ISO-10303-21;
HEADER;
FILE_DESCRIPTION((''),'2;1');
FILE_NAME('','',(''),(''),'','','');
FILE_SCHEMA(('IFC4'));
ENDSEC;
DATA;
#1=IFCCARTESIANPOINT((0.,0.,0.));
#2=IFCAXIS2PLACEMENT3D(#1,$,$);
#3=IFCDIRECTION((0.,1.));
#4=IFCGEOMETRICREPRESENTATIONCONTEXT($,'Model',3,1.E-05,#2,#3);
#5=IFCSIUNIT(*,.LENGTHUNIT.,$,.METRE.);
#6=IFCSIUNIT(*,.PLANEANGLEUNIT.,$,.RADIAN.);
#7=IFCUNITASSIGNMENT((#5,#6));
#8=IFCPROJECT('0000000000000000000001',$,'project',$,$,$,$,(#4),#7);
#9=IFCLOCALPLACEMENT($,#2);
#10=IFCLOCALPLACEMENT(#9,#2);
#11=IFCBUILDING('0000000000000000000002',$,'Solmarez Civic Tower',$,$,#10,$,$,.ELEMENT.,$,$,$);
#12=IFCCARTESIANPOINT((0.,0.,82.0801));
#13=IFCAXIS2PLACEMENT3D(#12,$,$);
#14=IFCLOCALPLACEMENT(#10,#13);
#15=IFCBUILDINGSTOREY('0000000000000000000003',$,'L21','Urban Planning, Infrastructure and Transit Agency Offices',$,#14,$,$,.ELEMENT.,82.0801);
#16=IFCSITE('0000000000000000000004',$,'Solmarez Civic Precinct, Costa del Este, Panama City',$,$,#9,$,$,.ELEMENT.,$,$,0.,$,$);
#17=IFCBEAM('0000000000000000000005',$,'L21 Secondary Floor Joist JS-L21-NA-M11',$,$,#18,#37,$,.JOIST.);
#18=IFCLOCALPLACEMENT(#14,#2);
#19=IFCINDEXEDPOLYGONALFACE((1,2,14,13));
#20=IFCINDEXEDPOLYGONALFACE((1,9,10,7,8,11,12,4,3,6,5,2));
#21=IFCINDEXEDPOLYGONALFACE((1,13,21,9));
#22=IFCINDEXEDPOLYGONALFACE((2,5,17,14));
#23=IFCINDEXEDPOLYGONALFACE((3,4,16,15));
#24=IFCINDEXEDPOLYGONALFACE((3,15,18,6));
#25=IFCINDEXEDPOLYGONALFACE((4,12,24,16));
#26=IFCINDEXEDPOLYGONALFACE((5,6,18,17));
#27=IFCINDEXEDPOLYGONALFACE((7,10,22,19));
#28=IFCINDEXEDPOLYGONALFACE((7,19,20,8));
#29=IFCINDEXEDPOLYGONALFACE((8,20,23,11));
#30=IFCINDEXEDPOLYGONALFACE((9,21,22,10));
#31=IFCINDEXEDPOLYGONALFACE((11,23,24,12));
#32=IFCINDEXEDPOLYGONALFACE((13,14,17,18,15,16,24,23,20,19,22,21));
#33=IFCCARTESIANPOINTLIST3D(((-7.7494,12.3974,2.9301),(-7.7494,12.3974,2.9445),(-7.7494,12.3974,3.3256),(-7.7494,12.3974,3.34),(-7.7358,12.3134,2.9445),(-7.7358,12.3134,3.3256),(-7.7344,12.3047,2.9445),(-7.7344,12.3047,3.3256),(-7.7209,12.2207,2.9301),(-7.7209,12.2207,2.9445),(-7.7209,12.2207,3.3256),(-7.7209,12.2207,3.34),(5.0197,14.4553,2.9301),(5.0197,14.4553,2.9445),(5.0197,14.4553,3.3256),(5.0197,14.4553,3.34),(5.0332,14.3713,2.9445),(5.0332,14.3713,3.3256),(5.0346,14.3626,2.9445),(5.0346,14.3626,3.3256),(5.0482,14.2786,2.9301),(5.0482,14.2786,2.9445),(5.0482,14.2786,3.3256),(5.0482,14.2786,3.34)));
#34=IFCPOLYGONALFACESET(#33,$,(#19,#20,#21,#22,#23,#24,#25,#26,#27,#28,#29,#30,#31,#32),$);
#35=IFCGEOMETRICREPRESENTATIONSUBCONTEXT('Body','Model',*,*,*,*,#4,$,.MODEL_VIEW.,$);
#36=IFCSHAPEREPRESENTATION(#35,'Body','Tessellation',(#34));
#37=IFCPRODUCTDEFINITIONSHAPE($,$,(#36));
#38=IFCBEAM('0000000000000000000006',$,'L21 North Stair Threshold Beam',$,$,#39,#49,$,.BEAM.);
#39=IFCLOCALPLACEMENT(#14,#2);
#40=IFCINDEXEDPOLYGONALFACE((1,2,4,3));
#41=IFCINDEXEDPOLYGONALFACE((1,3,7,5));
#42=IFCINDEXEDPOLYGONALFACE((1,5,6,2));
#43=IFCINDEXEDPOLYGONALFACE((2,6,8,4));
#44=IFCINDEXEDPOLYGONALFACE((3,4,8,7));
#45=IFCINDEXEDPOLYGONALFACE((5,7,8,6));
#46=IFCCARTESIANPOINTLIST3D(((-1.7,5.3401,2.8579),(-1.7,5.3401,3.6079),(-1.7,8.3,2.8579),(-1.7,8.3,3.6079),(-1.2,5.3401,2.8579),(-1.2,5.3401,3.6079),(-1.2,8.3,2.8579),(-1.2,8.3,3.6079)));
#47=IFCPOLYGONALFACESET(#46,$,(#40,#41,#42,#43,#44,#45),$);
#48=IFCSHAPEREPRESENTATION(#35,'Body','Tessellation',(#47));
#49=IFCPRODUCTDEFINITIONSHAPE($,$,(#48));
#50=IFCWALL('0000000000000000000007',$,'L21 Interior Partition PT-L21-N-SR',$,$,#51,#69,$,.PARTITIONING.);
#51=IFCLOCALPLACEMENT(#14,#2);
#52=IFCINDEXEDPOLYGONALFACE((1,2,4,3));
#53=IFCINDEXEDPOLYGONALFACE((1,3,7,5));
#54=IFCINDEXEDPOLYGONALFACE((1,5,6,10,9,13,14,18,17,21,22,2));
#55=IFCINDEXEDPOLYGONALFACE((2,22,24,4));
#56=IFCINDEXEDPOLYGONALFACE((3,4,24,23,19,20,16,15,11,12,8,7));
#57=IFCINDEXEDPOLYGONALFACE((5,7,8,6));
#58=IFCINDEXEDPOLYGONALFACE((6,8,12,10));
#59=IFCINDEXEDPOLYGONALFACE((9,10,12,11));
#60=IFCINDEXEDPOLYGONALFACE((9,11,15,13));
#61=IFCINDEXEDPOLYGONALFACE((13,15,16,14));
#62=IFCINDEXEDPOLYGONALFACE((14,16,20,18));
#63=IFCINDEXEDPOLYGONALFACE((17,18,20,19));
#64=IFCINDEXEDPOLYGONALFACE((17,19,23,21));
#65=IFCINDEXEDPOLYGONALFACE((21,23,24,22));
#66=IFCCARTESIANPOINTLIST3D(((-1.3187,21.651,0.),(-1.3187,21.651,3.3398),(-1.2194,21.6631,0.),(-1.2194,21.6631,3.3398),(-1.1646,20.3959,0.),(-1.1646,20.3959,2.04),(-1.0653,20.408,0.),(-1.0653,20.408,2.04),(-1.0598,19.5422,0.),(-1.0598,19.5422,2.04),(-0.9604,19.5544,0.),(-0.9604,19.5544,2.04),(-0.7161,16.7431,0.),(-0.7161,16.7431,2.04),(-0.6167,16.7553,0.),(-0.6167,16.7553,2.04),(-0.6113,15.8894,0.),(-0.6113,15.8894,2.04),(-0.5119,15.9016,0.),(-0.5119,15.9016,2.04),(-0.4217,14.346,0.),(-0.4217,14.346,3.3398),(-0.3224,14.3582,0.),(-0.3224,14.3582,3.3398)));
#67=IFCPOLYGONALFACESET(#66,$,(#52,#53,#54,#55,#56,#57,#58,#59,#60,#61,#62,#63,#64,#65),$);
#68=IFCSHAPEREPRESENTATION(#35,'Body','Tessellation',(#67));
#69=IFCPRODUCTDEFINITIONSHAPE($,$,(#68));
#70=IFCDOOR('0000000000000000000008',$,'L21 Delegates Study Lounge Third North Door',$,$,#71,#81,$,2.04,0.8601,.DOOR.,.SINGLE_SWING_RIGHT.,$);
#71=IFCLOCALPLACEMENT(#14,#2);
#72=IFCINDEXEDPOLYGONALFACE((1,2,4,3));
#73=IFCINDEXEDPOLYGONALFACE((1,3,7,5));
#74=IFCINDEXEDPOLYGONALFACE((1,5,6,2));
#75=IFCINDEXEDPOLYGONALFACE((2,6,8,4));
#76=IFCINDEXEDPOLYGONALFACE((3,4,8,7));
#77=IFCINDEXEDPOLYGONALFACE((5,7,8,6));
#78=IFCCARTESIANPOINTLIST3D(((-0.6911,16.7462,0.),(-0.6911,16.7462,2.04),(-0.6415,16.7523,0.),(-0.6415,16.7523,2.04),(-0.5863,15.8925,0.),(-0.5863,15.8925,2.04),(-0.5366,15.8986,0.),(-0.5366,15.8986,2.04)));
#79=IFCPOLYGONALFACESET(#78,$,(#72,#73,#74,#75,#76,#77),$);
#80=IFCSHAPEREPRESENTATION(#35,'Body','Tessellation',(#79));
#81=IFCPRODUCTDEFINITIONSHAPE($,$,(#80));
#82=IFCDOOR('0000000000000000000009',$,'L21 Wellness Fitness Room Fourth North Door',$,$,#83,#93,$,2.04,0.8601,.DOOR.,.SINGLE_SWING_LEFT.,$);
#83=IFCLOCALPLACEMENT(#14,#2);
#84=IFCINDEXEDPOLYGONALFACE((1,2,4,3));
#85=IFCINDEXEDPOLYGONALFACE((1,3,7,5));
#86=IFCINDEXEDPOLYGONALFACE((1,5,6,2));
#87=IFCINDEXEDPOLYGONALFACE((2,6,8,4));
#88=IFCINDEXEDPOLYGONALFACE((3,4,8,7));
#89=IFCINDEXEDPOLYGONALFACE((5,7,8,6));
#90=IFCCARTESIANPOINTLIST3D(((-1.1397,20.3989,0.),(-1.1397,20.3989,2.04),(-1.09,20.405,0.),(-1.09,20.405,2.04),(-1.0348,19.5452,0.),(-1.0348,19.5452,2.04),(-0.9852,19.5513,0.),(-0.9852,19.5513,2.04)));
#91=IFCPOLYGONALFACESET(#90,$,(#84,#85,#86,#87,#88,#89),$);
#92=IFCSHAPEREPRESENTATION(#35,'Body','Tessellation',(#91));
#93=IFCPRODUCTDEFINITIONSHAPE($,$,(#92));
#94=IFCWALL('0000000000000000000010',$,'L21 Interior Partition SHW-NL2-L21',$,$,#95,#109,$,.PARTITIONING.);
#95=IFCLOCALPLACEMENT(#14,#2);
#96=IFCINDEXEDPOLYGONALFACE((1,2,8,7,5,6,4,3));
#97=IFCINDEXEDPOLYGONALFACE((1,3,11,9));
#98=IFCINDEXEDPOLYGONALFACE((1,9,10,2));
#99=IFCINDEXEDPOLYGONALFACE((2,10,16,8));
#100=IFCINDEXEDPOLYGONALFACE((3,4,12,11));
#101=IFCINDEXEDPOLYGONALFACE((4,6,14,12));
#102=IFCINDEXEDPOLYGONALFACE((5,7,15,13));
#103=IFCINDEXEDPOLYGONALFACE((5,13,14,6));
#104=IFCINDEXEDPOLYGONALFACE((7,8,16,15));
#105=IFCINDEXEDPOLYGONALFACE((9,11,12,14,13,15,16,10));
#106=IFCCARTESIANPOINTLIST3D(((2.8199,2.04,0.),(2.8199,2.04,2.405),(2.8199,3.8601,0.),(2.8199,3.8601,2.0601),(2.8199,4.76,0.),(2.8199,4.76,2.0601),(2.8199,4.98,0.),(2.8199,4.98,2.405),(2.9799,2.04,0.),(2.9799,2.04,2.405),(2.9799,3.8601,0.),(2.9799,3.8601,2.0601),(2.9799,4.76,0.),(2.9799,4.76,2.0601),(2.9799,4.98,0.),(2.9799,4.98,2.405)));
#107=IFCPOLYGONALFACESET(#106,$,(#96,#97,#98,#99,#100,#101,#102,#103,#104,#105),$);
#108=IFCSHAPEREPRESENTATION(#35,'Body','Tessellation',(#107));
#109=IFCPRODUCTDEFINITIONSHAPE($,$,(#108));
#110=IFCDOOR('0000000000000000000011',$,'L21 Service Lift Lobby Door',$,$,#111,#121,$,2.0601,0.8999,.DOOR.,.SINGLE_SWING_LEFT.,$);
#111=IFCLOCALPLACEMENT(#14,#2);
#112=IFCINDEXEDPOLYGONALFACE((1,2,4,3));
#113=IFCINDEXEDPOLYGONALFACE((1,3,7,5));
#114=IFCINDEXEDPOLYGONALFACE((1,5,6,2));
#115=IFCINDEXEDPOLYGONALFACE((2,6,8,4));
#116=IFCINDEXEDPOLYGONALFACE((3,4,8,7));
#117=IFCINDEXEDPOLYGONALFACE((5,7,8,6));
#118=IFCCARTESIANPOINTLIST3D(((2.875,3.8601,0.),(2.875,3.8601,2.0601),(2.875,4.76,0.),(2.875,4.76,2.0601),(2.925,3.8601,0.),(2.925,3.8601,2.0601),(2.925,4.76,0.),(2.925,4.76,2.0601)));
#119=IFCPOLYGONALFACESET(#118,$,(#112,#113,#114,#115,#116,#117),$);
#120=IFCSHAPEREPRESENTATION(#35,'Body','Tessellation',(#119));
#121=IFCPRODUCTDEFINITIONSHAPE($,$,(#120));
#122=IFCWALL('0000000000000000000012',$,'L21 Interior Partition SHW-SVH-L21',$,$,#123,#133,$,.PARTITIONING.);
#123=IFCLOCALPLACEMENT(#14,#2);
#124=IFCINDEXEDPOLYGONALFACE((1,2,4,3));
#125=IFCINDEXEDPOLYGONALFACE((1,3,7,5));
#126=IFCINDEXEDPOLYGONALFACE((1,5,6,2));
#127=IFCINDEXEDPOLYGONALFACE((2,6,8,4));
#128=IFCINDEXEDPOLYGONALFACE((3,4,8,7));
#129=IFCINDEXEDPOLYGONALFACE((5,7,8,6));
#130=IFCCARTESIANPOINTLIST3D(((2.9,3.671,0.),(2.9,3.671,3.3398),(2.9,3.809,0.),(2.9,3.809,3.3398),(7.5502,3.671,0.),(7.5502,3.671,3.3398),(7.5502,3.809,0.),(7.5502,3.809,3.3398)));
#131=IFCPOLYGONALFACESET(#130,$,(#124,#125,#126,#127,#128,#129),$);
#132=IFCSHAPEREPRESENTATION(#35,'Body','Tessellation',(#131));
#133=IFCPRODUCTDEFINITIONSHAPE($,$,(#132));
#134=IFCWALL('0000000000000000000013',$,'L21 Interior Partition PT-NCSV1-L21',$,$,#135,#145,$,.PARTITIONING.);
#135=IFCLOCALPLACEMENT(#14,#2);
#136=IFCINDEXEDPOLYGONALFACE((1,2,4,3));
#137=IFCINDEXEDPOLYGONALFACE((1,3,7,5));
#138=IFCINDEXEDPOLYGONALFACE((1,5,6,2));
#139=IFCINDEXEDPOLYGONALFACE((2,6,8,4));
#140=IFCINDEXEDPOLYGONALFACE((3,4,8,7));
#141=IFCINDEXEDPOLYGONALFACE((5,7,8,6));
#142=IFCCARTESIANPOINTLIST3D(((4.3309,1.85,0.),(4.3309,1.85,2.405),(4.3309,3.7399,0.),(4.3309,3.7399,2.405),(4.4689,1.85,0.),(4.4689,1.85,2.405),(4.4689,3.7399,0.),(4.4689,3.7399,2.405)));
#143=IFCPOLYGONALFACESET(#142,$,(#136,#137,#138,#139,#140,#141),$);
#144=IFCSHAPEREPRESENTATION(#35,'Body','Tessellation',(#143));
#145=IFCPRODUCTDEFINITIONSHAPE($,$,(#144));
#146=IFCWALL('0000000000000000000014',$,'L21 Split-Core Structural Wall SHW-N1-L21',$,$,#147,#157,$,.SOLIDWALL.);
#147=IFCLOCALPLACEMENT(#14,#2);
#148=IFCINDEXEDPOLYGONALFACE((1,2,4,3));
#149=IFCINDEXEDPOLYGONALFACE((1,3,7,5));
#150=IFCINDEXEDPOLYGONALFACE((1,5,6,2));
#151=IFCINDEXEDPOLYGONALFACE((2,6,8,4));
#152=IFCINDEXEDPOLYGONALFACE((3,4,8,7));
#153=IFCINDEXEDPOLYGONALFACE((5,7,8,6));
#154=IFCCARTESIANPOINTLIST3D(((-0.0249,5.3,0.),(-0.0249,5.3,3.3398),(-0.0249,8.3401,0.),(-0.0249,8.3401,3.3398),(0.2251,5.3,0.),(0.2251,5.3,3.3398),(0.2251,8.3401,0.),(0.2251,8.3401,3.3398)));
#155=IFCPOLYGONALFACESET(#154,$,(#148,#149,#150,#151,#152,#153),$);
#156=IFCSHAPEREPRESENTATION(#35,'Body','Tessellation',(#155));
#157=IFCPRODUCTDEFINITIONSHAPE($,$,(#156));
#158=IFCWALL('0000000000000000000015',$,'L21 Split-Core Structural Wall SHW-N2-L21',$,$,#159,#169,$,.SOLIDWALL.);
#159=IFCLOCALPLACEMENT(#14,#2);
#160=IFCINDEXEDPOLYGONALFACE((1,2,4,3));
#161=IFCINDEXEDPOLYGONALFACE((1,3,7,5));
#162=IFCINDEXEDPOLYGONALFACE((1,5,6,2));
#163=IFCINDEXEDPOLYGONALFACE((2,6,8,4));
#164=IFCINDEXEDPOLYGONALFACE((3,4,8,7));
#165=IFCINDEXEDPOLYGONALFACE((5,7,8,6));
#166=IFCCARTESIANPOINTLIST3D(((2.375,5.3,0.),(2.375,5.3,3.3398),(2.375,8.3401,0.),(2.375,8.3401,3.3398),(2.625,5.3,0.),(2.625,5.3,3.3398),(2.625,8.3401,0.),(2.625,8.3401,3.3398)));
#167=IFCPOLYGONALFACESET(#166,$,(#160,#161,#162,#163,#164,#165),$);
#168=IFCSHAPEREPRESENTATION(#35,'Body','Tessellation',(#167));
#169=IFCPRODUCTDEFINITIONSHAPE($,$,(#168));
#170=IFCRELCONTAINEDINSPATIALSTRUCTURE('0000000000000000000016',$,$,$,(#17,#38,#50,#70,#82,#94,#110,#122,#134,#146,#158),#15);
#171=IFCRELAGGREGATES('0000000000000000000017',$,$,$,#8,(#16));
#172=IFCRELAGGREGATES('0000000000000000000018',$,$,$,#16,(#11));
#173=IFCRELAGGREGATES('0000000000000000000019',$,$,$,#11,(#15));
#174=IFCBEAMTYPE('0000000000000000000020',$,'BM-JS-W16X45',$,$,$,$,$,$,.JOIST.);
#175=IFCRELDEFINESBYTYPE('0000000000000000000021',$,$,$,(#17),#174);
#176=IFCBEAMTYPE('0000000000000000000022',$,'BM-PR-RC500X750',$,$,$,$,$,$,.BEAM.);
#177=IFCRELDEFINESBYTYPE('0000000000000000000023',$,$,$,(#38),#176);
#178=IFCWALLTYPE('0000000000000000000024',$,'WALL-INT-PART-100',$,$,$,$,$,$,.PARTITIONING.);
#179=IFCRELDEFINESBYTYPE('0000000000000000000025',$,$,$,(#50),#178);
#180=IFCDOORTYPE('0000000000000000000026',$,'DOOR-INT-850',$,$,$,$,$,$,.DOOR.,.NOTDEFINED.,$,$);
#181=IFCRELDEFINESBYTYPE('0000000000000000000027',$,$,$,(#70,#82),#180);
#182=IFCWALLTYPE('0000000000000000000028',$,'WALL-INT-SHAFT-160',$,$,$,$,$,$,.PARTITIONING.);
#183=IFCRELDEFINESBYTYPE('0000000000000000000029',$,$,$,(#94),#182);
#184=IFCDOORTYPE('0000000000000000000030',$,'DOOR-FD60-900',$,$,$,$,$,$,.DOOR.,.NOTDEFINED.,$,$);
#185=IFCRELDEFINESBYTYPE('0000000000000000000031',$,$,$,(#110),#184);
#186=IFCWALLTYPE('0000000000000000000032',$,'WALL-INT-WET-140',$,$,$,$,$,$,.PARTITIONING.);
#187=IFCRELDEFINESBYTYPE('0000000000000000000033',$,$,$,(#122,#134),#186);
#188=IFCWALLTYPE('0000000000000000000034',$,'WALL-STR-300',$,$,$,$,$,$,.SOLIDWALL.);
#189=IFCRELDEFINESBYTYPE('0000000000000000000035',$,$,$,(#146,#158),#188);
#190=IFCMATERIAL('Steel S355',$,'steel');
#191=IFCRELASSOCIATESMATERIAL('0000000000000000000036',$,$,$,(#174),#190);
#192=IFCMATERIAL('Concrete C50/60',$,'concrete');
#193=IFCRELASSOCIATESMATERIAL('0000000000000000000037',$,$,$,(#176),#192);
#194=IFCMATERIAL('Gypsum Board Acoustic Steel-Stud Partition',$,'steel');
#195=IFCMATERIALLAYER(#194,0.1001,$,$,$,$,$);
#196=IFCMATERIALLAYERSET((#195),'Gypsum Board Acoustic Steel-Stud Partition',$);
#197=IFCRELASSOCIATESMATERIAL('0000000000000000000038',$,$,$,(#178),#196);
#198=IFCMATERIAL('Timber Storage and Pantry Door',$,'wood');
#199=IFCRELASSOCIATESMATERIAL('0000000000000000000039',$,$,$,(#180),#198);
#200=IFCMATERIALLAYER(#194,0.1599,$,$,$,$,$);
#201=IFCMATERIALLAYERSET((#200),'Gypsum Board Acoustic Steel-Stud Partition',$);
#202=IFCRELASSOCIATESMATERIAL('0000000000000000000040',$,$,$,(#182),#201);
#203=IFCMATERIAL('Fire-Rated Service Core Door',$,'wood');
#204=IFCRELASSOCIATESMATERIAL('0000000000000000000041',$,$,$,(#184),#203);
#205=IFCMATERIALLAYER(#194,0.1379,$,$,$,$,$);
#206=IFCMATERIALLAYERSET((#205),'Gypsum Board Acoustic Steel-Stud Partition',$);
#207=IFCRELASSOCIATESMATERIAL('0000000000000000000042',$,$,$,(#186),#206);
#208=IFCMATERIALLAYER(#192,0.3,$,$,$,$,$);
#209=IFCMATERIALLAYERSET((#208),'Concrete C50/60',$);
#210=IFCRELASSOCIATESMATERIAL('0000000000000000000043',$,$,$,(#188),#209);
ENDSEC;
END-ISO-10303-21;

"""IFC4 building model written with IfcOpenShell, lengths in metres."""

from ifc_helpers import new_model, si_unit, direction, frame, frame_2d, origin, origin_2d, place, context, subcontext, project, spatial, rectangle, i_section, extrude, material, layer, layer_set, material_profile, profile_set, type_object, element, fill, save


model = new_model("IFC4")

# Units and contexts
model_context = context("Model", 3, precision=1e-05, world=origin(), true_north=direction((0.0, 1.0)))
body_context = subcontext(model_context, "Body", "Model", "MODEL_VIEW")
ifc_project = project(units=[si_unit("LENGTHUNIT", "METRE"), si_unit("PLANEANGLEUNIT", "RADIAN")], contexts=[model_context])

# Site, building, storey
site_placement = place(None, origin())
site = spatial("IfcSite", under=ifc_project, at=site_placement, Name="Solmarez Civic Precinct, Costa del Este, Panama City", CompositionType="ELEMENT", RefElevation=0.0)
building_placement = place(site_placement, origin())
building = spatial("IfcBuilding", under=site, at=building_placement, Name="Solmarez Civic Tower", CompositionType="ELEMENT")
storey_placement = place(building_placement, frame((0.0, 0.0, 82.0801)))
storey = spatial("IfcBuildingStorey", under=building, at=storey_placement, Name="L21", Description="Urban Planning, Infrastructure and Transit Agency Offices", CompositionType="ELEMENT", Elevation=82.0801)

# Beams
ifc_material_1 = material(Name="Steel S355", Category="steel")
ifc_material_profile_1 = material_profile(ifc_material_1, i_section(OverallWidth=0.179, OverallDepth=0.4099, WebThickness=0.0088, FlangeThickness=0.0144, at=origin_2d()), Name="W16X45")
ifc_profile_set_1 = profile_set([ifc_material_profile_1], Name="Steel S355")
beam_type_1 = type_object("IfcBeamType", Name="BM-JS-W16X45", PredefinedType="JOIST", material=ifc_profile_set_1)
beam_1_placement = place(storey_placement, frame((5.0339, 14.3669, 3.135), z_axis=(-0.987261, -0.159107, 0.0), x_axis=(0.159107, -0.987261, 0.0)))
element("IfcBeam", 1, at=beam_1_placement, inside=storey, type_object=beam_type_1, Name="L21 Secondary Floor Joist JS-L21-NA-M11", PredefinedType="JOIST", context=body_context, shape_type="SweptSolid", body=[
    extrude(i_section(OverallWidth=0.179, OverallDepth=0.4099, WebThickness=0.0088, FlangeThickness=0.0144, at=origin_2d()), origin(), (0.0, 0.0, 1.0), 12.9338),
])
ifc_material_2 = material(Name="Concrete C50/60", Category="concrete")
ifc_material_profile_2 = material_profile(ifc_material_2, rectangle(XDim=0.5, YDim=0.75, at=origin_2d()), Name="RC500X750")
ifc_profile_set_2 = profile_set([ifc_material_profile_2], Name="Concrete C50/60")
beam_type_2 = type_object("IfcBeamType", Name="BM-PR-RC500X750", PredefinedType="BEAM", material=ifc_profile_set_2)
beam_2_placement = place(storey_placement, frame((-1.45, 5.3401, 3.2329), z_axis=(0.0, 1.0, 0.0), x_axis=(-1.0, 0.0, 0.0)))
element("IfcBeam", 2, at=beam_2_placement, inside=storey, type_object=beam_type_2, Name="L21 North Stair Threshold Beam", PredefinedType="BEAM", context=body_context, shape_type="SweptSolid", body=[
    extrude(rectangle(XDim=0.5, YDim=0.75, at=origin_2d()), origin(), (0.0, 0.0, 1.0), 2.96),
])

# Wall, openings, doors
ifc_material_3 = material(Name="Gypsum Board Acoustic Steel-Stud Partition", Category="steel")
ifc_layer_1 = layer(ifc_material_3, 0.1001)
ifc_layer_set_1 = layer_set([ifc_layer_1], Name="Gypsum Board Acoustic Steel-Stud Partition")
wall_type_1 = type_object("IfcWallType", Name="WALL-INT-PART-100", PredefinedType="PARTITIONING", material=ifc_layer_set_1)
wall_1_placement = place(storey_placement, frame((-0.3721, 14.3521, 0.0), z_axis=(0.0, 0.0, 1.0), x_axis=(-0.121875, 0.992545, 0.0)))
wall_1 = element("IfcWall", 3, at=wall_1_placement, inside=storey, type_object=wall_type_1, Name="L21 Interior Partition PT-L21-N-SR", PredefinedType="PARTITIONING", context=body_context, shape_type="SweptSolid", body=[
    extrude(rectangle(XDim=7.3599, YDim=0.1001, at=frame_2d((3.6799, 0.0))), origin(), (0.0, 0.0, 1.0), 3.3398),
])
opening_1_placement = place(wall_1_placement, frame((1.5549, 0.0, 0.0)))
opening_1 = element("IfcOpeningElement", 4, at=opening_1_placement, cuts=wall_1, PredefinedType="OPENING", context=body_context, shape_type="SweptSolid", body=[
    extrude(rectangle(XDim=0.8601, YDim=2.04, at=frame_2d((0.4302, 1.02))), frame((0.0, 0.0601, 0.0), z_axis=(0.0, -1.0, 0.0), x_axis=(1.0, 0.0, 0.0)), (0.0, 0.0, 1.0), 0.1201),
])
opening_2_placement = place(wall_1_placement, frame((5.2351, 0.0, 0.0)))
opening_2 = element("IfcOpeningElement", 5, at=opening_2_placement, cuts=wall_1, PredefinedType="OPENING", context=body_context, shape_type="SweptSolid", body=[
    extrude(rectangle(XDim=0.8601, YDim=2.04, at=frame_2d((0.4302, 1.02))), frame((0.0, 0.0601, 0.0), z_axis=(0.0, -1.0, 0.0), x_axis=(1.0, 0.0, 0.0)), (0.0, 0.0, 1.0), 0.1201),
])
ifc_material_4 = material(Name="Timber Storage and Pantry Door", Category="wood")
door_type_1 = type_object("IfcDoorType", Name="DOOR-INT-850", OperationType="NOTDEFINED", PredefinedType="DOOR", material=ifc_material_4)
door_1_placement = place(opening_1_placement, origin())
door_1 = element("IfcDoor", 6, at=door_1_placement, inside=storey, type_object=door_type_1, Name="L21 Delegates Study Lounge Third North Door", OperationType="SINGLE_SWING_RIGHT", OverallHeight=2.04, OverallWidth=0.8601, PredefinedType="DOOR", context=body_context, shape_type="SweptSolid", body=[
    extrude(rectangle(XDim=0.8601, YDim=2.04, at=frame_2d((0.4302, 1.02))), frame((0.0, 0.0249, 0.0), z_axis=(0.0, -1.0, 0.0), x_axis=(1.0, 0.0, 0.0)), (0.0, 0.0, 1.0), 0.05),
])
fill(opening_1, door_1)
door_2_placement = place(opening_2_placement, origin())
door_2 = element("IfcDoor", 7, at=door_2_placement, inside=storey, type_object=door_type_1, Name="L21 Wellness Fitness Room Fourth North Door", OperationType="SINGLE_SWING_LEFT", OverallHeight=2.04, OverallWidth=0.8601, PredefinedType="DOOR", context=body_context, shape_type="SweptSolid", body=[
    extrude(rectangle(XDim=0.8601, YDim=2.04, at=frame_2d((0.4302, 1.02))), frame((0.0, 0.0249, 0.0), z_axis=(0.0, -1.0, 0.0), x_axis=(1.0, 0.0, 0.0)), (0.0, 0.0, 1.0), 0.05),
])
fill(opening_2, door_2)

# Wall, opening, door
ifc_layer_2 = layer(ifc_material_3, 0.1599)
ifc_layer_set_2 = layer_set([ifc_layer_2], Name="Gypsum Board Acoustic Steel-Stud Partition")
wall_type_2 = type_object("IfcWallType", Name="WALL-INT-SHAFT-160", PredefinedType="PARTITIONING", material=ifc_layer_set_2)
wall_2_placement = place(storey_placement, frame((2.8999, 2.04, 0.0), z_axis=(0.0, 0.0, 1.0), x_axis=(0.0, 1.0, 0.0)))
wall_2 = element("IfcWall", 8, at=wall_2_placement, inside=storey, type_object=wall_type_2, Name="L21 Interior Partition SHW-NL2-L21", PredefinedType="PARTITIONING", context=body_context, shape_type="SweptSolid", body=[
    extrude(rectangle(XDim=2.9399, YDim=0.1599, at=frame_2d((1.47, 0.0))), origin(), (0.0, 0.0, 1.0), 2.405),
])
opening_3_placement = place(wall_2_placement, frame((1.8201, 0.0, 0.0)))
opening_3 = element("IfcOpeningElement", 9, at=opening_3_placement, cuts=wall_2, PredefinedType="OPENING", context=body_context, shape_type="SweptSolid", body=[
    extrude(rectangle(XDim=0.8999, YDim=2.0601, at=frame_2d((0.45, 1.03))), frame((0.0, 0.0898, 0.0), z_axis=(0.0, -1.0, 0.0), x_axis=(1.0, 0.0, 0.0)), (0.0, 0.0, 1.0), 0.1799),
])
ifc_material_5 = material(Name="Fire-Rated Service Core Door", Category="wood")
door_type_2 = type_object("IfcDoorType", Name="DOOR-FD60-900", OperationType="NOTDEFINED", PredefinedType="DOOR", material=ifc_material_5)
door_3_placement = place(opening_3_placement, origin())
door_3 = element("IfcDoor", 10, at=door_3_placement, inside=storey, type_object=door_type_2, Name="L21 Service Lift Lobby Door", OperationType="SINGLE_SWING_LEFT", OverallHeight=2.0601, OverallWidth=0.8999, PredefinedType="DOOR", context=body_context, shape_type="SweptSolid", body=[
    extrude(rectangle(XDim=0.8999, YDim=2.0601, at=frame_2d((0.45, 1.03))), frame((0.0, 0.0249, 0.0), z_axis=(0.0, -1.0, 0.0), x_axis=(1.0, 0.0, 0.0)), (0.0, 0.0, 1.0), 0.05),
])
fill(opening_3, door_3)

# Walls
ifc_layer_3 = layer(ifc_material_3, 0.1379)
ifc_layer_set_3 = layer_set([ifc_layer_3], Name="Gypsum Board Acoustic Steel-Stud Partition")
wall_type_3 = type_object("IfcWallType", Name="WALL-INT-WET-140", PredefinedType="PARTITIONING", material=ifc_layer_set_3)
wall_3_placement = place(storey_placement, frame((2.8999, 3.74, 0.0), z_axis=(0.0, 0.0, 1.0), x_axis=(1.0, 0.0, 0.0)))
element("IfcWall", 11, at=wall_3_placement, inside=storey, type_object=wall_type_3, Name="L21 Interior Partition SHW-SVH-L21", PredefinedType="PARTITIONING", context=body_context, shape_type="SweptSolid", body=[
    extrude(rectangle(XDim=4.6501, YDim=0.1379, at=frame_2d((2.3252, 0.0))), origin(), (0.0, 0.0, 1.0), 3.3398),
])
wall_4_placement = place(storey_placement, frame((4.3999, 1.8501, 0.0), z_axis=(0.0, 0.0, 1.0), x_axis=(0.0, 1.0, 0.0)))
element("IfcWall", 12, at=wall_4_placement, inside=storey, type_object=wall_type_3, Name="L21 Interior Partition PT-NCSV1-L21", PredefinedType="PARTITIONING", context=body_context, shape_type="SweptSolid", body=[
    extrude(rectangle(XDim=1.8899, YDim=0.1379, at=frame_2d((0.9448, 0.0))), origin(), (0.0, 0.0, 1.0), 2.405),
])
ifc_layer_4 = layer(ifc_material_2, 0.3)
ifc_layer_set_4 = layer_set([ifc_layer_4], Name="Concrete C50/60")
wall_type_4 = type_object("IfcWallType", Name="WALL-STR-300", PredefinedType="SOLIDWALL", material=ifc_layer_set_4)
for number, where, z_axis, x_axis, name in (
    (13, (0.1001, 5.3, 0.0), (0.0, 0.0, 1.0), (0.0, 1.0, 0.0), "L21 Split-Core Structural Wall SHW-N1-L21"),
    (14, (2.5, 5.3, 0.0), (0.0, 0.0, 1.0), (0.0, 1.0, 0.0), "L21 Split-Core Structural Wall SHW-N2-L21"),
):
    element("IfcWall", number, at=place(storey_placement, frame(where, z_axis=z_axis, x_axis=x_axis)), inside=storey, type_object=wall_type_4, Name=name, PredefinedType="SOLIDWALL", context=body_context, shape_type="SweptSolid", body=[
        extrude(rectangle(XDim=3.04, YDim=0.25, at=frame_2d((1.52, 0.0))), origin(), (0.0, 0.0, 1.0), 3.3398),
    ])

save(model, "model.ifc")
